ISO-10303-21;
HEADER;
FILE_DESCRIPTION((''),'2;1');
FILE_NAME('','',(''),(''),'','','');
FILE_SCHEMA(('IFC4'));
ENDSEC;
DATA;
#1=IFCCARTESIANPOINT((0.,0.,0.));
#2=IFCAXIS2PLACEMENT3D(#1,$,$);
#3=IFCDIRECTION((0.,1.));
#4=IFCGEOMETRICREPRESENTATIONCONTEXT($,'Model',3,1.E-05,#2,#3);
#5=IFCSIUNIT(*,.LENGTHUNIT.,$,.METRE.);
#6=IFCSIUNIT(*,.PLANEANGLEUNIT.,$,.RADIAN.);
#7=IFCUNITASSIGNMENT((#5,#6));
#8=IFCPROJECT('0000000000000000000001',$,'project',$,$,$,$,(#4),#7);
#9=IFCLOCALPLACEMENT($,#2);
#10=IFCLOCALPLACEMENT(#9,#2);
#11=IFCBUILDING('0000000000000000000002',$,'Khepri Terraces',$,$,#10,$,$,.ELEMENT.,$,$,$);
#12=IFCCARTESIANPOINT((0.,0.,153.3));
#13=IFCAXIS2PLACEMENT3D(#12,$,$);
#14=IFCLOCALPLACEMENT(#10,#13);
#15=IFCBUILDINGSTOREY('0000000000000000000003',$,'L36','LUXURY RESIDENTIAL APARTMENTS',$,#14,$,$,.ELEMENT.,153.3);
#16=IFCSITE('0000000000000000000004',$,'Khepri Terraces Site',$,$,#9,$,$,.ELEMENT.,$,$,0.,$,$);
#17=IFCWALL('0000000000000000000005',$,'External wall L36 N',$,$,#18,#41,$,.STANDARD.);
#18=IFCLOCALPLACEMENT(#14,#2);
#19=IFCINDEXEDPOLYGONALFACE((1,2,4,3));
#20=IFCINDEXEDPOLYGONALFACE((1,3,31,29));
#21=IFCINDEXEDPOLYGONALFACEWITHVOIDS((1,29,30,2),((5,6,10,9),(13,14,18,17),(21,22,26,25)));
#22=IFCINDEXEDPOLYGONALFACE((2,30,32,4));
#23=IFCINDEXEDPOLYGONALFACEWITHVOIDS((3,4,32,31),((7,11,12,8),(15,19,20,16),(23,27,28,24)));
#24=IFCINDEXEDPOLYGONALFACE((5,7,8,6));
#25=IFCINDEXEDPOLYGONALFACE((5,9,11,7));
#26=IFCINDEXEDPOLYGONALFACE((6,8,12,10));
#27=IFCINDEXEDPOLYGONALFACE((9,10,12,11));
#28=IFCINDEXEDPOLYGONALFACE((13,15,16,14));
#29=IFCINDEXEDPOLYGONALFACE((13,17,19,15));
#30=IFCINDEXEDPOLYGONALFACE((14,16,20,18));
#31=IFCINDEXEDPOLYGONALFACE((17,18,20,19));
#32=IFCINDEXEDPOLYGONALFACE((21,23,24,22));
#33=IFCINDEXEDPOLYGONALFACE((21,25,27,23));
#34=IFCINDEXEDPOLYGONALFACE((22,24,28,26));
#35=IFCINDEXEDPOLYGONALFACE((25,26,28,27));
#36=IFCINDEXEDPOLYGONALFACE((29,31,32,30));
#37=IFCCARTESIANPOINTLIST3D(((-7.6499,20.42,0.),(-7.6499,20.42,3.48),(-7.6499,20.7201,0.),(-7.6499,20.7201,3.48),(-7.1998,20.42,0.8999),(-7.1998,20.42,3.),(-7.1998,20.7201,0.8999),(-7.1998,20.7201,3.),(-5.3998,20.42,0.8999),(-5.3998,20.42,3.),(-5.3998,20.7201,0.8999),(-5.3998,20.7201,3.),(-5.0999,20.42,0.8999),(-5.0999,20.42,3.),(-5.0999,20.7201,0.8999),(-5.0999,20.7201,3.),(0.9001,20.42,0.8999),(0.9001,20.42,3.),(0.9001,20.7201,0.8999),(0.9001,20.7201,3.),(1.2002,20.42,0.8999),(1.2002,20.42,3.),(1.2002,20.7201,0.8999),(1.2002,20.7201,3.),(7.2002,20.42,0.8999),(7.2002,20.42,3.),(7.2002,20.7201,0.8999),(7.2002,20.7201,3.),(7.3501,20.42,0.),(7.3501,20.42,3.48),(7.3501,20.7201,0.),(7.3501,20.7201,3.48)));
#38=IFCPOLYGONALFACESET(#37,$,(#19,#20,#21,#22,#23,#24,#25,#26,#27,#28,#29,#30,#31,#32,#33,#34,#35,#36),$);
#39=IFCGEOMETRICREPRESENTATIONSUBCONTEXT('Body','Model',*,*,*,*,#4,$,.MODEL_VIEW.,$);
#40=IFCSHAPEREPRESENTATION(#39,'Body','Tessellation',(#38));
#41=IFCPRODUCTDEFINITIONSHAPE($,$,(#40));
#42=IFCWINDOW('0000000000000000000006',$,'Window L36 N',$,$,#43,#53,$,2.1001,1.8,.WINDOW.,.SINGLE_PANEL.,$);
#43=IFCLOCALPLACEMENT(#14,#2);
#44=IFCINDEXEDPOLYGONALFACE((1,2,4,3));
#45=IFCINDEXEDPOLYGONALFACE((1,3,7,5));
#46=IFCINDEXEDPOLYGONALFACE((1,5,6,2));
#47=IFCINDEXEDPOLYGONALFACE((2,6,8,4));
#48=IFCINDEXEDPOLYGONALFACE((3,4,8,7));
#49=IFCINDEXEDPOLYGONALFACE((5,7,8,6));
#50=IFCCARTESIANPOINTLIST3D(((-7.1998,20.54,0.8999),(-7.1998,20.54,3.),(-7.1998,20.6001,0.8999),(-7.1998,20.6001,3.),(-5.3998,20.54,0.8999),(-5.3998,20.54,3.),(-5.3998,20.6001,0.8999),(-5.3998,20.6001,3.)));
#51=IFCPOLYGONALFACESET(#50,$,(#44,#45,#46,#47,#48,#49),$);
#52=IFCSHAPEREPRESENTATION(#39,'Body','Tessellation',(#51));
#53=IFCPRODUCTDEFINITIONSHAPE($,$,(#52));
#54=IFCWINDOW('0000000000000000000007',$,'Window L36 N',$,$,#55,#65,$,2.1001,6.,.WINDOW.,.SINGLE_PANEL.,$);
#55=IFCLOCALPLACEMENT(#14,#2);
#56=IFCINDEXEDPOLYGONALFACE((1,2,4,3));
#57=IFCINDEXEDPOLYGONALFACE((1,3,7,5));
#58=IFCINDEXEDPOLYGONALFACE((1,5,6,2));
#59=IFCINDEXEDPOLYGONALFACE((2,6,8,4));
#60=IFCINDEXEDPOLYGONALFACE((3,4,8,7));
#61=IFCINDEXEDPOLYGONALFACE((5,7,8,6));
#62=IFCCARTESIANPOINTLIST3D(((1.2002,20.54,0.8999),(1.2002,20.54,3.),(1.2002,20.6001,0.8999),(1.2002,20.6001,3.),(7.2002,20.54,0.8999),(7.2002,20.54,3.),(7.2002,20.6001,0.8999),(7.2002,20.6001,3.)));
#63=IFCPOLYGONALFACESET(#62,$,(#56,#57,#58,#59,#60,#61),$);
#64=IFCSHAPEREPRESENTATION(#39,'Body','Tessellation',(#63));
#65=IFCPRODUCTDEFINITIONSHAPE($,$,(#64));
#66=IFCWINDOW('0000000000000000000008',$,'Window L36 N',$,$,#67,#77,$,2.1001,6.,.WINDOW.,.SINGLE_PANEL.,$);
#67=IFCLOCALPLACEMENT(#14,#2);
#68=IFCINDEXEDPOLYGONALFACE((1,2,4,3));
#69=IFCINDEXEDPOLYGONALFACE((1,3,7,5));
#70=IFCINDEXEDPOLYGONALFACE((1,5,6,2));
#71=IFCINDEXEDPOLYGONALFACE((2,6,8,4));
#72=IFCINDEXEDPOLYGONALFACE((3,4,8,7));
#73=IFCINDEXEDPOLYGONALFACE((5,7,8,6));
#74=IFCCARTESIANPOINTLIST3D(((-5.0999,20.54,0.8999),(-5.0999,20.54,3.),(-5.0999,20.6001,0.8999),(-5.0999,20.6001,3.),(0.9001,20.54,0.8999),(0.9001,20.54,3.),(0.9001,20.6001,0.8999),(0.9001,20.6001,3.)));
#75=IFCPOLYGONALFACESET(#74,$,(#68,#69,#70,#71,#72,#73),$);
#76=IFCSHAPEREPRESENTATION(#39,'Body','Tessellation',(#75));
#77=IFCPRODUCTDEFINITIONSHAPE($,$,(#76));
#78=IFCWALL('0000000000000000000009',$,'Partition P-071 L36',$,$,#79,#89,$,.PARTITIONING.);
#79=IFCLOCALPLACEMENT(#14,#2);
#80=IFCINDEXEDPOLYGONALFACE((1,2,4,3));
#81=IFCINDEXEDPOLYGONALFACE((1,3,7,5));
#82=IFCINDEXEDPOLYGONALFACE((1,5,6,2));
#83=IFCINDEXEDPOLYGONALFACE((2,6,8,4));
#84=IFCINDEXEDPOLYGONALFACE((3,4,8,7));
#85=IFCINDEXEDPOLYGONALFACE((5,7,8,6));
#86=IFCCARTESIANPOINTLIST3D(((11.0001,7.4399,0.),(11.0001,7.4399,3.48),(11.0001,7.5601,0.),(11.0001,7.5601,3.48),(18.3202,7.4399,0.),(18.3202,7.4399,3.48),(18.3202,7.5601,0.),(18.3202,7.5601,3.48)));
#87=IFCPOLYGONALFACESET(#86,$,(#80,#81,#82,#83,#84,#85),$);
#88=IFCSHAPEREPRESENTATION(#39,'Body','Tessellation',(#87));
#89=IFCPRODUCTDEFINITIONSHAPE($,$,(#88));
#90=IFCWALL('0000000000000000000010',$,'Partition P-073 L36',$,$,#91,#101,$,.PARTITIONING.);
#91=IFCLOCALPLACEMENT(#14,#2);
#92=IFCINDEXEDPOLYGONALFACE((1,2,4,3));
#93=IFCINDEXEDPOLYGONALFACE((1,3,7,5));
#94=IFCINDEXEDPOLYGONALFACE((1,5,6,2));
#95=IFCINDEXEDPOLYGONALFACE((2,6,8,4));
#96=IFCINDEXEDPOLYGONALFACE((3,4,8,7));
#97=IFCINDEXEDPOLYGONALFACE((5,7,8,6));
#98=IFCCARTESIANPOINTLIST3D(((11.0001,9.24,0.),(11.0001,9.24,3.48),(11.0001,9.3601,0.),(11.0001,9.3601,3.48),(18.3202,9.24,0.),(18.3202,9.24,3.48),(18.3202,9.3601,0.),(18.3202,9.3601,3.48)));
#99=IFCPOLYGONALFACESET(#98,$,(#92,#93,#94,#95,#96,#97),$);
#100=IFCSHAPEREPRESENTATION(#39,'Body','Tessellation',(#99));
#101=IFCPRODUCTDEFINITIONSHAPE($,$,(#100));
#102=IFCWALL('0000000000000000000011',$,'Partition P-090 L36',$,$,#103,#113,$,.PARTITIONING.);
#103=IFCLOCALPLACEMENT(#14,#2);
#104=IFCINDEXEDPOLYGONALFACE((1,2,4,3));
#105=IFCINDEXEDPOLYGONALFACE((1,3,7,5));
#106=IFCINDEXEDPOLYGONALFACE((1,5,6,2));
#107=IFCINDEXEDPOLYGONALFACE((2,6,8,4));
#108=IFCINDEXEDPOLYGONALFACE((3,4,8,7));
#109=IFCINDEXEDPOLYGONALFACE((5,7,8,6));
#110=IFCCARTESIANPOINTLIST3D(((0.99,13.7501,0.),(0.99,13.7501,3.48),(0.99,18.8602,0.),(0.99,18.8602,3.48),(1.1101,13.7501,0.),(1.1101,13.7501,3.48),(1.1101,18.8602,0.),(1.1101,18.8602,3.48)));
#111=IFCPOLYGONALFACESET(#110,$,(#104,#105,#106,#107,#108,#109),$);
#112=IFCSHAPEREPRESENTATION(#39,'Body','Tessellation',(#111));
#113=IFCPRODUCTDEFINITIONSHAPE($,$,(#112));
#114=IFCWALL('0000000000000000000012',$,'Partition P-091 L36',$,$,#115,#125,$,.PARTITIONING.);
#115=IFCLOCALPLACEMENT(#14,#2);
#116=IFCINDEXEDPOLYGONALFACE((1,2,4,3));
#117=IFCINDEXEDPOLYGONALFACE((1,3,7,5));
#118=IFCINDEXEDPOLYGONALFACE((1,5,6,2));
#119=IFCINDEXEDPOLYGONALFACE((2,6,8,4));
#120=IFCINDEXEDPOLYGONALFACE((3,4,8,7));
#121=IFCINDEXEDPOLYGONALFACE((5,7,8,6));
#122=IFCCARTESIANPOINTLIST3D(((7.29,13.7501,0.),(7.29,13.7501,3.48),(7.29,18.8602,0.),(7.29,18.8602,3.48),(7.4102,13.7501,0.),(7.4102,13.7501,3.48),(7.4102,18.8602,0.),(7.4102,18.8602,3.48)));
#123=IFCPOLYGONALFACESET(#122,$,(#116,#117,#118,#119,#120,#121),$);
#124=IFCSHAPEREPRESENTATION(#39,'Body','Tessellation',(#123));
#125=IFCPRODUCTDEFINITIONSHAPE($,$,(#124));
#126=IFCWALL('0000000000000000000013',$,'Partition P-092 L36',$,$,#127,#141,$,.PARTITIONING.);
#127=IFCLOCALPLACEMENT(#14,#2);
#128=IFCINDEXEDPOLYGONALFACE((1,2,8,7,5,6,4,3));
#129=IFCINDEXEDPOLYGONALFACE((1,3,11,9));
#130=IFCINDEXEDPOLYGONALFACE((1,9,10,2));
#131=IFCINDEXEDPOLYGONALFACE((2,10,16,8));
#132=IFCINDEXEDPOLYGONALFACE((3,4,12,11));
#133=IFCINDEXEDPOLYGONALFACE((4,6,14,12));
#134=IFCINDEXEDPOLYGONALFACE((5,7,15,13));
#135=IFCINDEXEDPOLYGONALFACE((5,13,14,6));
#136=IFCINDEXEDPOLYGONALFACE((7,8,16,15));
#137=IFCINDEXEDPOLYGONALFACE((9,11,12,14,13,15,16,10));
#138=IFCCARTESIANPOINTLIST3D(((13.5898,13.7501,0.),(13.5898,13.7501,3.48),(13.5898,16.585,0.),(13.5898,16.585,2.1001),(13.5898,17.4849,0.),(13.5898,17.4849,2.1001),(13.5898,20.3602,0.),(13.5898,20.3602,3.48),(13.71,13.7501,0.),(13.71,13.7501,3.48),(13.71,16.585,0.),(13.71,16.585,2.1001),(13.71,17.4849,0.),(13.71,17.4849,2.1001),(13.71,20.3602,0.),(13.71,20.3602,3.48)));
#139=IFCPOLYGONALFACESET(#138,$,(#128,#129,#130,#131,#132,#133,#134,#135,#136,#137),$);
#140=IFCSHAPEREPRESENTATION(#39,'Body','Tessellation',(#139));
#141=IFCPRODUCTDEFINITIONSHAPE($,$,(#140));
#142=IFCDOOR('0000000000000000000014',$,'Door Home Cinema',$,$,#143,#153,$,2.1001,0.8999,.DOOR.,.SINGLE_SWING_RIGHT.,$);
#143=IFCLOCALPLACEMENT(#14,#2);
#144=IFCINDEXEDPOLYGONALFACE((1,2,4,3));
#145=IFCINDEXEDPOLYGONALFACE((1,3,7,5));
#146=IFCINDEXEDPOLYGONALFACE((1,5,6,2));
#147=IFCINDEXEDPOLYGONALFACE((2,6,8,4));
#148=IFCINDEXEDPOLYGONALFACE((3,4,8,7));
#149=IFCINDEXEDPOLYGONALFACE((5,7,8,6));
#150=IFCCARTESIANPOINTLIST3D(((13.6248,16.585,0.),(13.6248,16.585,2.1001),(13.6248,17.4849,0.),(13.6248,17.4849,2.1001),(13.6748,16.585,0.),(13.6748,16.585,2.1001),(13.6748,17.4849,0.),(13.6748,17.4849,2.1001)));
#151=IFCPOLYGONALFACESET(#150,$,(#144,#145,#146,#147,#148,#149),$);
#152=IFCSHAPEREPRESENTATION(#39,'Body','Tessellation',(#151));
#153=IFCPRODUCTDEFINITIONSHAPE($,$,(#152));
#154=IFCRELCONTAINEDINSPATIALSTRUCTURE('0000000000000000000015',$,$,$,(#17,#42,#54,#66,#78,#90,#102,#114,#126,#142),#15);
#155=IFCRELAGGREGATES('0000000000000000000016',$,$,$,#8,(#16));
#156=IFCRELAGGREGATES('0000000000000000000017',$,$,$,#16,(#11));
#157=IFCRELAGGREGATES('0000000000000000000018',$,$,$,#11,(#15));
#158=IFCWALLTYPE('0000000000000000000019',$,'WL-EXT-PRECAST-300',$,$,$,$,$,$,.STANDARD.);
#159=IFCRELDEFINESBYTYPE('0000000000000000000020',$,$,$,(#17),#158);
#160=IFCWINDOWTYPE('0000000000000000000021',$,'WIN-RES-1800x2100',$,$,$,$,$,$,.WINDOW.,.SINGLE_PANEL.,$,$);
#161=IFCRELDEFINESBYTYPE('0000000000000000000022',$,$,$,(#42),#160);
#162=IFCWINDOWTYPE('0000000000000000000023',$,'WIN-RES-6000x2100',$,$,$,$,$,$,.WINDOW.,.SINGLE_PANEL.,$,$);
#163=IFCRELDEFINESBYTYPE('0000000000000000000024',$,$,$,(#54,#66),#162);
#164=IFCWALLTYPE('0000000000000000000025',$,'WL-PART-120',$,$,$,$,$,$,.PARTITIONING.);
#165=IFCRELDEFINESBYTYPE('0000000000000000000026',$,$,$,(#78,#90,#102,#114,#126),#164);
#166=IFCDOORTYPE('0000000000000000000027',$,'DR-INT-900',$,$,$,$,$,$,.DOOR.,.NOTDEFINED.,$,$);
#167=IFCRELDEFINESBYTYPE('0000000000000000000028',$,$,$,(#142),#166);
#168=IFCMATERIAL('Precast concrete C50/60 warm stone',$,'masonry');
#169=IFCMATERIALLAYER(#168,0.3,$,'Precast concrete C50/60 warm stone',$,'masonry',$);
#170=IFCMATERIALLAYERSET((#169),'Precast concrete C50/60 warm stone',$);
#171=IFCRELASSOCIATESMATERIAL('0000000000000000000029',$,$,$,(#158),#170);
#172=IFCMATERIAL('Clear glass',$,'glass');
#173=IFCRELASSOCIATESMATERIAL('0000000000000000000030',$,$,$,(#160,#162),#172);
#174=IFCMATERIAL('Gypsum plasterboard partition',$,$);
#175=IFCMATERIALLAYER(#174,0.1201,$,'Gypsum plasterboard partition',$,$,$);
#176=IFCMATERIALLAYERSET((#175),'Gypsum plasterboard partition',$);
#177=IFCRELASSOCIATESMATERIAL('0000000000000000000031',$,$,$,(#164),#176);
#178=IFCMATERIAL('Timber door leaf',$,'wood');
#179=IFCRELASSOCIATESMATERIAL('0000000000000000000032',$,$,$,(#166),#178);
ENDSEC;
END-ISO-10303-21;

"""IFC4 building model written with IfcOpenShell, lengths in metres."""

from ifc_helpers import new_model, si_unit, direction, frame, frame_2d, origin, place, context, subcontext, project, spatial, rectangle, extrude, material, layer, layer_set, type_object, element, fill, save


model = new_model("IFC4")

# Units and contexts
model_context = context("Model", 3, precision=1e-05, world=origin(), true_north=direction((0.0, 1.0)))
body_context = subcontext(model_context, "Body", "Model", "MODEL_VIEW")
ifc_project = project(units=[si_unit("LENGTHUNIT", "METRE"), si_unit("PLANEANGLEUNIT", "RADIAN")], contexts=[model_context])

# Site, building, storey
site_placement = place(None, origin())
site = spatial("IfcSite", under=ifc_project, at=site_placement, Name="Khepri Terraces Site", CompositionType="ELEMENT", RefElevation=0.0)
building_placement = place(site_placement, origin())
building = spatial("IfcBuilding", under=site, at=building_placement, Name="Khepri Terraces", CompositionType="ELEMENT")
storey_placement = place(building_placement, frame((0.0, 0.0, 153.3)))
storey = spatial("IfcBuildingStorey", under=building, at=storey_placement, Name="L36", Description="LUXURY RESIDENTIAL APARTMENTS", CompositionType="ELEMENT", Elevation=153.3)

# Shared definitions
ifc_material_1 = material(Name="Precast concrete C50/60 warm stone", Category="masonry")
ifc_layer_1 = layer(ifc_material_1, 0.3, Name="Precast concrete C50/60 warm stone", Category="masonry")
ifc_layer_set_1 = layer_set([ifc_layer_1], Name="Precast concrete C50/60 warm stone")
wall_type_1 = type_object("IfcWallType", Name="WL-EXT-PRECAST-300", PredefinedType="STANDARD", material=ifc_layer_set_1)

# Shared definitions
ifc_material_2 = material(Name="Clear glass", Category="glass")
window_type_1 = type_object("IfcWindowType", Name="WIN-RES-1800x2100", PartitioningType="SINGLE_PANEL", PredefinedType="WINDOW", material=ifc_material_2)

# Wall, openings, windows
wall_1_placement = place(storey_placement, frame((7.3501, 20.5701, 0.0), z_axis=(0.0, 0.0, 1.0), x_axis=(-1.0, 0.0, 0.0)))
wall_1 = element("IfcWall", 1, at=wall_1_placement, inside=storey, type_object=wall_type_1, Name="External wall L36 N", PredefinedType="STANDARD", context=body_context, shape_type="SweptSolid", body=[
    extrude(rectangle(XDim=15.0, YDim=0.3, at=frame_2d((7.5, 0.0))), origin(), (0.0, 0.0, 1.0), 3.48),
])
opening_1_placement = place(wall_1_placement, frame((0.1499, 0.0, 0.8999)))
opening_1 = element("IfcOpeningElement", 2, at=opening_1_placement, cuts=wall_1, PredefinedType="OPENING", context=body_context, shape_type="SweptSolid", body=[
    extrude(rectangle(XDim=6.0, YDim=2.1001, at=frame_2d((3.0, 1.05))), frame((0.0, 0.1602, 0.0), z_axis=(0.0, -1.0, 0.0), x_axis=(1.0, 0.0, 0.0)), (0.0, 0.0, 1.0), 0.3201),
])
opening_2_placement = place(wall_1_placement, frame((6.45, 0.0, 0.8999)))
opening_2 = element("IfcOpeningElement", 3, at=opening_2_placement, cuts=wall_1, PredefinedType="OPENING", context=body_context, shape_type="SweptSolid", body=[
    extrude(rectangle(XDim=6.0, YDim=2.1001, at=frame_2d((3.0, 1.05))), frame((0.0, 0.1602, 0.0), z_axis=(0.0, -1.0, 0.0), x_axis=(1.0, 0.0, 0.0)), (0.0, 0.0, 1.0), 0.3201),
])
opening_3_placement = place(wall_1_placement, frame((12.75, 0.0, 0.8999)))
opening_3 = element("IfcOpeningElement", 4, at=opening_3_placement, cuts=wall_1, PredefinedType="OPENING", context=body_context, shape_type="SweptSolid", body=[
    extrude(rectangle(XDim=1.8, YDim=2.1001, at=frame_2d((0.8999, 1.05))), frame((0.0, 0.1602, 0.0), z_axis=(0.0, -1.0, 0.0), x_axis=(1.0, 0.0, 0.0)), (0.0, 0.0, 1.0), 0.3201),
])
window_1_placement = place(opening_3_placement, origin())
window_1 = element("IfcWindow", 5, at=window_1_placement, inside=storey, type_object=window_type_1, Name="Window L36 N", OverallHeight=2.1001, OverallWidth=1.8, PartitioningType="SINGLE_PANEL", PredefinedType="WINDOW", context=body_context, shape_type="SweptSolid", body=[
    extrude(rectangle(XDim=1.8, YDim=2.1001, at=frame_2d((0.8999, 1.05))), frame((0.0, 0.03, 0.0), z_axis=(0.0, -1.0, 0.0), x_axis=(1.0, 0.0, 0.0)), (0.0, 0.0, 1.0), 0.0601),
])
fill(opening_3, window_1)
window_type_2 = type_object("IfcWindowType", Name="WIN-RES-6000x2100", PartitioningType="SINGLE_PANEL", PredefinedType="WINDOW", material=ifc_material_2)
window_2_placement = place(opening_1_placement, origin())
window_2 = element("IfcWindow", 6, at=window_2_placement, inside=storey, type_object=window_type_2, Name="Window L36 N", OverallHeight=2.1001, OverallWidth=6.0, PartitioningType="SINGLE_PANEL", PredefinedType="WINDOW", context=body_context, shape_type="SweptSolid", body=[
    extrude(rectangle(XDim=6.0, YDim=2.1001, at=frame_2d((3.0, 1.05))), frame((0.0, 0.03, 0.0), z_axis=(0.0, -1.0, 0.0), x_axis=(1.0, 0.0, 0.0)), (0.0, 0.0, 1.0), 0.0601),
])
fill(opening_1, window_2)
window_3_placement = place(opening_2_placement, origin())
window_3 = element("IfcWindow", 7, at=window_3_placement, inside=storey, type_object=window_type_2, Name="Window L36 N", OverallHeight=2.1001, OverallWidth=6.0, PartitioningType="SINGLE_PANEL", PredefinedType="WINDOW", context=body_context, shape_type="SweptSolid", body=[
    extrude(rectangle(XDim=6.0, YDim=2.1001, at=frame_2d((3.0, 1.05))), frame((0.0, 0.03, 0.0), z_axis=(0.0, -1.0, 0.0), x_axis=(1.0, 0.0, 0.0)), (0.0, 0.0, 1.0), 0.0601),
])
fill(opening_2, window_3)

# Walls
ifc_material_3 = material(Name="Gypsum plasterboard partition")
ifc_layer_2 = layer(ifc_material_3, 0.1201, Name="Gypsum plasterboard partition")
ifc_layer_set_2 = layer_set([ifc_layer_2], Name="Gypsum plasterboard partition")
wall_type_2 = type_object("IfcWallType", Name="WL-PART-120", PredefinedType="PARTITIONING", material=ifc_layer_set_2)
for number, where, z_axis, x_axis, name in (
    (8, (11.0, 7.5, 0.0), (0.0, 0.0, 1.0), (1.0, 0.0, 0.0), "Partition P-071 L36"),
    (9, (11.0, 9.3, 0.0), (0.0, 0.0, 1.0), (1.0, 0.0, 0.0), "Partition P-073 L36"),
):
    element("IfcWall", number, at=place(storey_placement, frame(where, z_axis=z_axis, x_axis=x_axis)), inside=storey, type_object=wall_type_2, Name=name, PredefinedType="PARTITIONING", context=body_context, shape_type="SweptSolid", body=[
        extrude(rectangle(XDim=7.3201, YDim=0.1201, at=frame_2d((3.6602, 0.0))), origin(), (0.0, 0.0, 1.0), 3.48),
    ])
for number, where, z_axis, x_axis, name in (
    (10, (1.05, 13.75, 0.0), (0.0, 0.0, 1.0), (0.0, 1.0, 0.0), "Partition P-090 L36"),
    (11, (7.3501, 13.75, 0.0), (0.0, 0.0, 1.0), (0.0, 1.0, 0.0), "Partition P-091 L36"),
):
    element("IfcWall", number, at=place(storey_placement, frame(where, z_axis=z_axis, x_axis=x_axis)), inside=storey, type_object=wall_type_2, Name=name, PredefinedType="PARTITIONING", context=body_context, shape_type="SweptSolid", body=[
        extrude(rectangle(XDim=5.1101, YDim=0.1201, at=frame_2d((2.5552, 0.0))), origin(), (0.0, 0.0, 1.0), 3.48),
    ])

# Wall, opening, door
wall_2_placement = place(storey_placement, frame((13.6499, 13.75, 0.0), z_axis=(0.0, 0.0, 1.0), x_axis=(0.0, 1.0, 0.0)))
wall_2 = element("IfcWall", 12, at=wall_2_placement, inside=storey, type_object=wall_type_2, Name="Partition P-092 L36", PredefinedType="PARTITIONING", context=body_context, shape_type="SweptSolid", body=[
    extrude(rectangle(XDim=6.6101, YDim=0.1201, at=frame_2d((3.3052, 0.0))), origin(), (0.0, 0.0, 1.0), 3.48),
])
opening_4_placement = place(wall_2_placement, frame((2.835, 0.0, 0.0)))
opening_4 = element("IfcOpeningElement", 13, at=opening_4_placement, cuts=wall_2, PredefinedType="OPENING", context=body_context, shape_type="SweptSolid", body=[
    extrude(rectangle(XDim=0.8999, YDim=2.1001, at=frame_2d((0.45, 1.05))), frame((0.0, 0.0701, 0.0), z_axis=(0.0, -1.0, 0.0), x_axis=(1.0, 0.0, 0.0)), (0.0, 0.0, 1.0), 0.1401),
])
ifc_material_4 = material(Name="Timber door leaf", Category="wood")
door_type_1 = type_object("IfcDoorType", Name="DR-INT-900", OperationType="NOTDEFINED", PredefinedType="DOOR", material=ifc_material_4)
door_1_placement = place(opening_4_placement, frame((0.8999, 0.0, 0.0), z_axis=(0.0, 0.0, 1.0), x_axis=(-1.0, 0.0, 0.0)))
door_1 = element("IfcDoor", 14, at=door_1_placement, inside=storey, type_object=door_type_1, Name="Door Home Cinema", OperationType="SINGLE_SWING_RIGHT", OverallHeight=2.1001, OverallWidth=0.8999, PredefinedType="DOOR", context=body_context, shape_type="SweptSolid", body=[
    extrude(rectangle(XDim=0.8999, YDim=2.1001, at=frame_2d((0.45, 1.05))), frame((0.0, 0.0249, 0.0), z_axis=(0.0, -1.0, 0.0), x_axis=(1.0, 0.0, 0.0)), (0.0, 0.0, 1.0), 0.05),
])
fill(opening_4, door_1)

save(model, "model.ifc")
